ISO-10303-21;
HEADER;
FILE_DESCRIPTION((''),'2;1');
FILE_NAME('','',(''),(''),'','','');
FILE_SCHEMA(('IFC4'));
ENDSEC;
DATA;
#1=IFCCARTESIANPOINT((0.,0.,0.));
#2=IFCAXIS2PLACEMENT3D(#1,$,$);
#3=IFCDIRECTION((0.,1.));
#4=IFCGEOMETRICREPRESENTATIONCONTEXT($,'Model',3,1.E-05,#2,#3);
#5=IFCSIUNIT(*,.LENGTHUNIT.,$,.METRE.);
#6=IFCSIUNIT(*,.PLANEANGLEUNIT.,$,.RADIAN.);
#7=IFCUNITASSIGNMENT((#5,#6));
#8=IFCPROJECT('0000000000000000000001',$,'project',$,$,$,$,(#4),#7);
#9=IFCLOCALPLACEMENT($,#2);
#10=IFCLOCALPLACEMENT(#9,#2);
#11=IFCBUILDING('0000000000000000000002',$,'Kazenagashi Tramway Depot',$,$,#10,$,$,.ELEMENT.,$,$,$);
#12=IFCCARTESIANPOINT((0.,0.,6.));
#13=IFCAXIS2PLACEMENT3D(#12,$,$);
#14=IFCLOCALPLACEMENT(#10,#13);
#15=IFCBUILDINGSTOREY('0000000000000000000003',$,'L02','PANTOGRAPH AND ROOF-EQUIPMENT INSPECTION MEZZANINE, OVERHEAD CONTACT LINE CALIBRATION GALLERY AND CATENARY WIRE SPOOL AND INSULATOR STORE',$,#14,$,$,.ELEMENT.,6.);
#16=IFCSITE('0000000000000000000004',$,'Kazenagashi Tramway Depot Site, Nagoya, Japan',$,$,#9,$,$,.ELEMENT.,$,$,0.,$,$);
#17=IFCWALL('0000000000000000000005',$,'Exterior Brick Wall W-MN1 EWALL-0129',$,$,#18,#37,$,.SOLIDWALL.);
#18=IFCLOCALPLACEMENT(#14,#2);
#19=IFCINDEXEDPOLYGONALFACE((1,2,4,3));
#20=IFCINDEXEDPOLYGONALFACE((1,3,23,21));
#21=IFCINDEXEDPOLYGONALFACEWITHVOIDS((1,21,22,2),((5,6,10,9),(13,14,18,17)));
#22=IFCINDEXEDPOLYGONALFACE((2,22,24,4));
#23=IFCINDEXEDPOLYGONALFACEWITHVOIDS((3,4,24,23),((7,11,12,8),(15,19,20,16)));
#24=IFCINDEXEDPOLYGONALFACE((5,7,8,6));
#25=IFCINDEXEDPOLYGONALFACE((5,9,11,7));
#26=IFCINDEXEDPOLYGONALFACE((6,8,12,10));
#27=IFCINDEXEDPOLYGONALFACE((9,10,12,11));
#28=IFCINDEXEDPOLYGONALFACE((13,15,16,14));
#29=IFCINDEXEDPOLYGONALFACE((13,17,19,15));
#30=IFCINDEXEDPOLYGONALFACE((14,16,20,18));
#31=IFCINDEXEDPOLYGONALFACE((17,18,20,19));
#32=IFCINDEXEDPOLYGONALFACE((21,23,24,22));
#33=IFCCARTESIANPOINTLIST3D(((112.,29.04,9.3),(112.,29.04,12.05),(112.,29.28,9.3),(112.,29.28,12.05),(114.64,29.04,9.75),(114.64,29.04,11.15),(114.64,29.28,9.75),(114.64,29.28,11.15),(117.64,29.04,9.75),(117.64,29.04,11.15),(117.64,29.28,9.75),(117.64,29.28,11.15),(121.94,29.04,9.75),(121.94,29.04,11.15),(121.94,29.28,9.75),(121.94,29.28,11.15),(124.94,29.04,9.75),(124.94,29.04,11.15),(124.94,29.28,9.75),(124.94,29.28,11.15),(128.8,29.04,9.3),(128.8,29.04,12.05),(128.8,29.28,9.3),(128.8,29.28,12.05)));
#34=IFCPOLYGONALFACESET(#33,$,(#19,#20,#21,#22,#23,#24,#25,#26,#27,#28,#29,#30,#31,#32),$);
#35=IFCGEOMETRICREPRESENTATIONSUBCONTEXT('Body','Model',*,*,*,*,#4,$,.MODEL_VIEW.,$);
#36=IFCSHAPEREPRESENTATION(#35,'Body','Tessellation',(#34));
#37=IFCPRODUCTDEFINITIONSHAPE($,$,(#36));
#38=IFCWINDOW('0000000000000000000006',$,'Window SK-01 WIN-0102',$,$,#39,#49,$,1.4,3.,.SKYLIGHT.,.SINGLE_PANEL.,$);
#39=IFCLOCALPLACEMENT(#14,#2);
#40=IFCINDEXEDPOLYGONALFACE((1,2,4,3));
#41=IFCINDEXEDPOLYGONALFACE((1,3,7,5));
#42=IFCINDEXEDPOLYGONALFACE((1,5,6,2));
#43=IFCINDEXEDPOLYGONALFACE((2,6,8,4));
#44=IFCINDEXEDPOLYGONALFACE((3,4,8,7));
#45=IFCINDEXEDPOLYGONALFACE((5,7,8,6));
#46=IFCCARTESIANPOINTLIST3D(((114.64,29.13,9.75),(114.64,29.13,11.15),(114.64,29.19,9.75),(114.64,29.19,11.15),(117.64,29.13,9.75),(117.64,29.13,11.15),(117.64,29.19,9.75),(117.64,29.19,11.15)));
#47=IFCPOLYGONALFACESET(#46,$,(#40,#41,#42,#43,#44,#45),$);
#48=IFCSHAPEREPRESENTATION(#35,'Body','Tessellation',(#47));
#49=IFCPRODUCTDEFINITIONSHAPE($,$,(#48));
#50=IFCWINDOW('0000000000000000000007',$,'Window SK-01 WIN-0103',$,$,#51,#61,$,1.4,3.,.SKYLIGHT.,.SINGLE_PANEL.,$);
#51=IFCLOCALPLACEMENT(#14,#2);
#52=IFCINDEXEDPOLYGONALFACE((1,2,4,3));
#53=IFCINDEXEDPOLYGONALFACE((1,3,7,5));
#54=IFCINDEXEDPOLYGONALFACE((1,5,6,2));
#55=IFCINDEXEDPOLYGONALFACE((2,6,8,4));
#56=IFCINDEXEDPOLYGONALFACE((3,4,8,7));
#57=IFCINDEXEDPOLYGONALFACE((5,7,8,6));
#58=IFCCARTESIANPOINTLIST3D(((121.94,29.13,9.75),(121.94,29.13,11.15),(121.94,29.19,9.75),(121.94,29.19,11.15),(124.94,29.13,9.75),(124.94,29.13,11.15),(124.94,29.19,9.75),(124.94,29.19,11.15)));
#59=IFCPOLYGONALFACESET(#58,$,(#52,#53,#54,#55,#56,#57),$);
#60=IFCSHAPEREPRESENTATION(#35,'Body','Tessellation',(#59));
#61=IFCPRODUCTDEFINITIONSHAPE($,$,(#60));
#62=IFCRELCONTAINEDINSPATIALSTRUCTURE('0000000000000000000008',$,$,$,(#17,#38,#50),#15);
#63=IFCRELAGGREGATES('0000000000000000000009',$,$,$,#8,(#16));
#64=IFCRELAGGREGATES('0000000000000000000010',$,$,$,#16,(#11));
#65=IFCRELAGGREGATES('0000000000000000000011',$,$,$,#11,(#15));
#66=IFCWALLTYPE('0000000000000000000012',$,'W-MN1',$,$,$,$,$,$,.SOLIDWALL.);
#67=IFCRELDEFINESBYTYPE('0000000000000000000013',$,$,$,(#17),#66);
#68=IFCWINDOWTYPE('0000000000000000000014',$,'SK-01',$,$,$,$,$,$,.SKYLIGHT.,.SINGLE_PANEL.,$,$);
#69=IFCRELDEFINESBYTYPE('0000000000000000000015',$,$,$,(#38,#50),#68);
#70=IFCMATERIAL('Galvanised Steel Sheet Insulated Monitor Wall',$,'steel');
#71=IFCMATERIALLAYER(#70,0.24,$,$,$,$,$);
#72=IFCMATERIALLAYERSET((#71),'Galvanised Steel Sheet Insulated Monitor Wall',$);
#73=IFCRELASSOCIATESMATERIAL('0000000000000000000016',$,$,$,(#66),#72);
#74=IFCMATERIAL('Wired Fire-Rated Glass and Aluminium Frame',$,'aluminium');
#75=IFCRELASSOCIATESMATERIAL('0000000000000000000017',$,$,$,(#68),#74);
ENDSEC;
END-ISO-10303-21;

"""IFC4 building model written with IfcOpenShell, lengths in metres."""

from ifc_helpers import new_model, si_unit, direction, frame, frame_2d, origin, place, context, subcontext, project, spatial, rectangle, extrude, material, layer, layer_set, type_object, element, fill, save


model = new_model("IFC4")

# Units and contexts
model_context = context("Model", 3, precision=1e-05, world=origin(), true_north=direction((0.0, 1.0)))
body_context = subcontext(model_context, "Body", "Model", "MODEL_VIEW")
ifc_project = project(units=[si_unit("LENGTHUNIT", "METRE"), si_unit("PLANEANGLEUNIT", "RADIAN")], contexts=[model_context])

# Site, building, storey
site_placement = place(None, origin())
site = spatial("IfcSite", under=ifc_project, at=site_placement, Name="Kazenagashi Tramway Depot Site, Nagoya, Japan", CompositionType="ELEMENT", RefElevation=0.0)
building_placement = place(site_placement, origin())
building = spatial("IfcBuilding", under=site, at=building_placement, Name="Kazenagashi Tramway Depot", CompositionType="ELEMENT")
storey_placement = place(building_placement, frame((0.0, 0.0, 6.0)))
storey = spatial("IfcBuildingStorey", under=building, at=storey_placement, Name="L02", Description="PANTOGRAPH AND ROOF-EQUIPMENT INSPECTION MEZZANINE, OVERHEAD CONTACT LINE CALIBRATION GALLERY AND CATENARY WIRE SPOOL AND INSULATOR STORE", CompositionType="ELEMENT", Elevation=6.0)

# Wall, openings, windows
ifc_material_1 = material(Name="Galvanised Steel Sheet Insulated Monitor Wall", Category="steel")
ifc_layer = layer(ifc_material_1, 0.24)
ifc_layer_set = layer_set([ifc_layer], Name="Galvanised Steel Sheet Insulated Monitor Wall")
wall_type = type_object("IfcWallType", Name="W-MN1", PredefinedType="SOLIDWALL", material=ifc_layer_set)
wall_placement = place(storey_placement, frame((112.0, 29.16, 9.3), z_axis=(0.0, 0.0, 1.0), x_axis=(1.0, 0.0, 0.0)))
wall = element("IfcWall", 1, at=wall_placement, inside=storey, type_object=wall_type, Name="Exterior Brick Wall W-MN1 EWALL-0129", PredefinedType="SOLIDWALL", context=body_context, shape_type="SweptSolid", body=[
    extrude(rectangle(XDim=16.8, YDim=0.24, at=frame_2d((8.4, 0.0))), origin(), (0.0, 0.0, 1.0), 2.75),
])
opening_1_placement = place(wall_placement, frame((2.64, 0.0, 0.45)))
opening_1 = element("IfcOpeningElement", 2, at=opening_1_placement, cuts=wall, PredefinedType="OPENING", context=body_context, shape_type="SweptSolid", body=[
    extrude(rectangle(XDim=3.0, YDim=1.4, at=frame_2d((1.5, 0.7))), frame((0.0, 0.13, 0.0), z_axis=(0.0, -1.0, 0.0), x_axis=(1.0, 0.0, 0.0)), (0.0, 0.0, 1.0), 0.26),
])
opening_2_placement = place(wall_placement, frame((9.94, 0.0, 0.45)))
opening_2 = element("IfcOpeningElement", 3, at=opening_2_placement, cuts=wall, PredefinedType="OPENING", context=body_context, shape_type="SweptSolid", body=[
    extrude(rectangle(XDim=3.0, YDim=1.4, at=frame_2d((1.5, 0.7))), frame((0.0, 0.13, 0.0), z_axis=(0.0, -1.0, 0.0), x_axis=(1.0, 0.0, 0.0)), (0.0, 0.0, 1.0), 0.26),
])
ifc_material_2 = material(Name="Wired Fire-Rated Glass and Aluminium Frame", Category="aluminium")
window_type = type_object("IfcWindowType", Name="SK-01", PartitioningType="SINGLE_PANEL", PredefinedType="SKYLIGHT", material=ifc_material_2)
window_1_placement = place(opening_1_placement, origin())
window_1 = element("IfcWindow", 4, at=window_1_placement, inside=storey, type_object=window_type, Name="Window SK-01 WIN-0102", OverallHeight=1.4, OverallWidth=3.0, PartitioningType="SINGLE_PANEL", PredefinedType="SKYLIGHT", context=body_context, shape_type="SweptSolid", body=[
    extrude(rectangle(XDim=3.0, YDim=1.4, at=frame_2d((1.5, 0.7))), frame((0.0, 0.03, 0.0), z_axis=(0.0, -1.0, 0.0), x_axis=(1.0, 0.0, 0.0)), (0.0, 0.0, 1.0), 0.06),
])
fill(opening_1, window_1)
window_2_placement = place(opening_2_placement, origin())
window_2 = element("IfcWindow", 5, at=window_2_placement, inside=storey, type_object=window_type, Name="Window SK-01 WIN-0103", OverallHeight=1.4, OverallWidth=3.0, PartitioningType="SINGLE_PANEL", PredefinedType="SKYLIGHT", context=body_context, shape_type="SweptSolid", body=[
    extrude(rectangle(XDim=3.0, YDim=1.4, at=frame_2d((1.5, 0.7))), frame((0.0, 0.03, 0.0), z_axis=(0.0, -1.0, 0.0), x_axis=(1.0, 0.0, 0.0)), (0.0, 0.0, 1.0), 0.06),
])
fill(opening_2, window_2)

save(model, "model.ifc")
